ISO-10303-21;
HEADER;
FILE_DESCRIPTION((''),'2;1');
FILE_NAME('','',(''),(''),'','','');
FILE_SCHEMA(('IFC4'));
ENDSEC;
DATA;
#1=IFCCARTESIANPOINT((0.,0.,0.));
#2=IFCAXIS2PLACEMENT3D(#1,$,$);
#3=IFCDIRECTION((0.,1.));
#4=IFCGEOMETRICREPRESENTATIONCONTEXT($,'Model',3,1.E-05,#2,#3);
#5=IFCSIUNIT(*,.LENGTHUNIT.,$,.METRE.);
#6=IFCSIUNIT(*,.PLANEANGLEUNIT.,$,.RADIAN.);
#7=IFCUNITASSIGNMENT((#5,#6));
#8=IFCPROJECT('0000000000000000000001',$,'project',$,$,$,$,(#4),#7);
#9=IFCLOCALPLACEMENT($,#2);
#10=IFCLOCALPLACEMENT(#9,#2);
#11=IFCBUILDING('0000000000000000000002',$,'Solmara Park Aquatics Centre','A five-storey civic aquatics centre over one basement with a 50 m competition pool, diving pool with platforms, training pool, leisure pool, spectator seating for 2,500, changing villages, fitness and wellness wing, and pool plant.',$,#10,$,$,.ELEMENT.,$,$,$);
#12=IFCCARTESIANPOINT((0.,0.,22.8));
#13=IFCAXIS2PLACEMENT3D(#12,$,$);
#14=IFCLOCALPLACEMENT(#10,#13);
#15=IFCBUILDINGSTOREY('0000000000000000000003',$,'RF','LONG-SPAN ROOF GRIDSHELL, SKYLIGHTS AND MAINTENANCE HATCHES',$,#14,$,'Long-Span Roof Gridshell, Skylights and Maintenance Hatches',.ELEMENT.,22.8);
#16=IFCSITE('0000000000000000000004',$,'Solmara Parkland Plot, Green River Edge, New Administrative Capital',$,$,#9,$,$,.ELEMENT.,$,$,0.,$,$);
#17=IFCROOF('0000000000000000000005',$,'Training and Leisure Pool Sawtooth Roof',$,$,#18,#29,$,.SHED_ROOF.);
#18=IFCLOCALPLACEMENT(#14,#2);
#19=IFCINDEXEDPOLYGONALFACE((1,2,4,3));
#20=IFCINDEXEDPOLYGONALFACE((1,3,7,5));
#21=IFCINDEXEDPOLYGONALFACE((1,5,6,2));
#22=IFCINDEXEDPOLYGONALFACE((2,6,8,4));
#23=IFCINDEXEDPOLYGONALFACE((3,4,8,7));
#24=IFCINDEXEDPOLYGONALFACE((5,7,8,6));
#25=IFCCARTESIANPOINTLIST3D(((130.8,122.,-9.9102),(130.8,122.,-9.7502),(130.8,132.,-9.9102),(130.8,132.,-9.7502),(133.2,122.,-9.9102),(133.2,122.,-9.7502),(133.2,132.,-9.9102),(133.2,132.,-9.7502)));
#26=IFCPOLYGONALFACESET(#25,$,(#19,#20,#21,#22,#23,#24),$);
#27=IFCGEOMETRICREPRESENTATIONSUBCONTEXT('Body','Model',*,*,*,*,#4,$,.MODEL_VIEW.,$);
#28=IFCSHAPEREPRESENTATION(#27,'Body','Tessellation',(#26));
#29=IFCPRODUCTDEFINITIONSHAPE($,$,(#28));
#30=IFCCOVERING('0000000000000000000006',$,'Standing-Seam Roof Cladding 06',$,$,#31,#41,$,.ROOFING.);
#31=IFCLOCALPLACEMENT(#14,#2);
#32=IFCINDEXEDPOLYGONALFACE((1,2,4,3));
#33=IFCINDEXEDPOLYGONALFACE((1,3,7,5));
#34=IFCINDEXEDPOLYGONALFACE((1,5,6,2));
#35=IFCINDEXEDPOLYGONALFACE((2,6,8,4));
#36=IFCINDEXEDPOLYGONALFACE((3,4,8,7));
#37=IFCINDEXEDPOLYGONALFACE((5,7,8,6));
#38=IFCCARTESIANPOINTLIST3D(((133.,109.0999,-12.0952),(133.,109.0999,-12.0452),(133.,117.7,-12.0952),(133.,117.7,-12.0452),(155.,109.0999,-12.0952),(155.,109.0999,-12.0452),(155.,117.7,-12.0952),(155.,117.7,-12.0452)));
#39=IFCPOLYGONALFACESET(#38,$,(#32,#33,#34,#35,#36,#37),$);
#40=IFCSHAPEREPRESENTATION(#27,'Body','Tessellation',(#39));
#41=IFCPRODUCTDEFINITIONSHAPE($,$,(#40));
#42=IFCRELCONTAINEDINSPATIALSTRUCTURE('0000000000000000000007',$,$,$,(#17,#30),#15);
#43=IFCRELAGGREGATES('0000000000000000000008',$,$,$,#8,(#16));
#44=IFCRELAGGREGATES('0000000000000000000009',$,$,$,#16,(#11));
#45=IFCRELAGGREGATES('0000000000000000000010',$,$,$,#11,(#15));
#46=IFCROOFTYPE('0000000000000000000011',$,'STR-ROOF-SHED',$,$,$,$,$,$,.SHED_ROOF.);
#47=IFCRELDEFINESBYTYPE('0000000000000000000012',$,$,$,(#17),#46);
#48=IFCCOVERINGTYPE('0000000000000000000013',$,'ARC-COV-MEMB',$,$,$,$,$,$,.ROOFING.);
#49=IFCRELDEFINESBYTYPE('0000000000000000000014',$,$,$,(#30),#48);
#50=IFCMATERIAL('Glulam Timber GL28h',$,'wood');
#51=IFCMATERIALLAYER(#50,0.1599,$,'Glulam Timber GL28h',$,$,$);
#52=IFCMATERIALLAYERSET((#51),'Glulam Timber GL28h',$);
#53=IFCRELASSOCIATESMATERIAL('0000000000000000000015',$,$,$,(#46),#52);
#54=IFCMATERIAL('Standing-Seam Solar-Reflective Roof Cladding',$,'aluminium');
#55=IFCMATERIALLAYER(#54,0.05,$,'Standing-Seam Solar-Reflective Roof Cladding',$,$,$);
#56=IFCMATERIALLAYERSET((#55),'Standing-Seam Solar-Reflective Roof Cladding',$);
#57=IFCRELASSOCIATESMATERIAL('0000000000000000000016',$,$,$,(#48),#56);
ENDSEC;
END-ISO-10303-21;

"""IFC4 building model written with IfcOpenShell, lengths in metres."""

from ifc_helpers import new_model, si_unit, direction, frame, origin, origin_2d, place, context, subcontext, project, spatial, rectangle, extrude, material, layer, layer_set, type_object, element, save


model = new_model("IFC4")

# Units and contexts
model_context = context("Model", 3, precision=1e-05, world=origin(), true_north=direction((0.0, 1.0)))
body_context = subcontext(model_context, "Body", "Model", "MODEL_VIEW")
ifc_project = project(units=[si_unit("LENGTHUNIT", "METRE"), si_unit("PLANEANGLEUNIT", "RADIAN")], contexts=[model_context])

# Site, building, storey
site_placement = place(None, origin())
site = spatial("IfcSite", under=ifc_project, at=site_placement, Name="Solmara Parkland Plot, Green River Edge, New Administrative Capital", CompositionType="ELEMENT", RefElevation=0.0)
building_placement = place(site_placement, origin())
building = spatial("IfcBuilding", under=site, at=building_placement, Name="Solmara Park Aquatics Centre", Description="A five-storey civic aquatics centre over one basement with a 50 m competition pool, diving pool with platforms, training pool, leisure pool, spectator seating for 2,500, changing villages, fitness and wellness wing, and pool plant.", CompositionType="ELEMENT")
storey_placement = place(building_placement, frame((0.0, 0.0, 22.8)))
storey = spatial("IfcBuildingStorey", under=building, at=storey_placement, Name="RF", Description="LONG-SPAN ROOF GRIDSHELL, SKYLIGHTS AND MAINTENANCE HATCHES", LongName="Long-Span Roof Gridshell, Skylights and Maintenance Hatches", CompositionType="ELEMENT", Elevation=22.8)

# Shared definitions
ifc_material_1 = material(Name="Glulam Timber GL28h", Category="wood")

# Roof
ifc_layer_1 = layer(ifc_material_1, 0.1599, Name="Glulam Timber GL28h")
ifc_layer_set_1 = layer_set([ifc_layer_1], Name="Glulam Timber GL28h")
roof_type = type_object("IfcRoofType", Name="STR-ROOF-SHED", PredefinedType="SHED_ROOF", material=ifc_layer_set_1)
roof_placement = place(storey_placement, frame((132.0, 127.0, -9.9102), z_axis=(0.0, 0.0, 1.0), x_axis=(1.0, 0.0, 0.0)))
element("IfcRoof", 1, at=roof_placement, inside=storey, type_object=roof_type, Name="Training and Leisure Pool Sawtooth Roof", PredefinedType="SHED_ROOF", context=body_context, shape_type="SweptSolid", body=[
    extrude(rectangle(XDim=2.3999, YDim=10.0, at=origin_2d()), origin(), (0.0, 0.0, 1.0), 0.1599),
])

# Covering
ifc_material_2 = material(Name="Standing-Seam Solar-Reflective Roof Cladding", Category="aluminium")
ifc_layer_2 = layer(ifc_material_2, 0.05, Name="Standing-Seam Solar-Reflective Roof Cladding")
ifc_layer_set_2 = layer_set([ifc_layer_2], Name="Standing-Seam Solar-Reflective Roof Cladding")
covering_type = type_object("IfcCoveringType", Name="ARC-COV-MEMB", PredefinedType="ROOFING", material=ifc_layer_set_2)
covering_placement = place(storey_placement, frame((144.0, 113.3999, -12.0952), z_axis=(0.0, 0.0, 1.0), x_axis=(1.0, 0.0, 0.0)))
element("IfcCovering", 2, at=covering_placement, inside=storey, type_object=covering_type, Name="Standing-Seam Roof Cladding 06", PredefinedType="ROOFING", context=body_context, shape_type="SweptSolid", body=[
    extrude(rectangle(XDim=22.0, YDim=8.6001, at=origin_2d()), origin(), (0.0, 0.0, 1.0), 0.05),
])

save(model, "model.ifc")
